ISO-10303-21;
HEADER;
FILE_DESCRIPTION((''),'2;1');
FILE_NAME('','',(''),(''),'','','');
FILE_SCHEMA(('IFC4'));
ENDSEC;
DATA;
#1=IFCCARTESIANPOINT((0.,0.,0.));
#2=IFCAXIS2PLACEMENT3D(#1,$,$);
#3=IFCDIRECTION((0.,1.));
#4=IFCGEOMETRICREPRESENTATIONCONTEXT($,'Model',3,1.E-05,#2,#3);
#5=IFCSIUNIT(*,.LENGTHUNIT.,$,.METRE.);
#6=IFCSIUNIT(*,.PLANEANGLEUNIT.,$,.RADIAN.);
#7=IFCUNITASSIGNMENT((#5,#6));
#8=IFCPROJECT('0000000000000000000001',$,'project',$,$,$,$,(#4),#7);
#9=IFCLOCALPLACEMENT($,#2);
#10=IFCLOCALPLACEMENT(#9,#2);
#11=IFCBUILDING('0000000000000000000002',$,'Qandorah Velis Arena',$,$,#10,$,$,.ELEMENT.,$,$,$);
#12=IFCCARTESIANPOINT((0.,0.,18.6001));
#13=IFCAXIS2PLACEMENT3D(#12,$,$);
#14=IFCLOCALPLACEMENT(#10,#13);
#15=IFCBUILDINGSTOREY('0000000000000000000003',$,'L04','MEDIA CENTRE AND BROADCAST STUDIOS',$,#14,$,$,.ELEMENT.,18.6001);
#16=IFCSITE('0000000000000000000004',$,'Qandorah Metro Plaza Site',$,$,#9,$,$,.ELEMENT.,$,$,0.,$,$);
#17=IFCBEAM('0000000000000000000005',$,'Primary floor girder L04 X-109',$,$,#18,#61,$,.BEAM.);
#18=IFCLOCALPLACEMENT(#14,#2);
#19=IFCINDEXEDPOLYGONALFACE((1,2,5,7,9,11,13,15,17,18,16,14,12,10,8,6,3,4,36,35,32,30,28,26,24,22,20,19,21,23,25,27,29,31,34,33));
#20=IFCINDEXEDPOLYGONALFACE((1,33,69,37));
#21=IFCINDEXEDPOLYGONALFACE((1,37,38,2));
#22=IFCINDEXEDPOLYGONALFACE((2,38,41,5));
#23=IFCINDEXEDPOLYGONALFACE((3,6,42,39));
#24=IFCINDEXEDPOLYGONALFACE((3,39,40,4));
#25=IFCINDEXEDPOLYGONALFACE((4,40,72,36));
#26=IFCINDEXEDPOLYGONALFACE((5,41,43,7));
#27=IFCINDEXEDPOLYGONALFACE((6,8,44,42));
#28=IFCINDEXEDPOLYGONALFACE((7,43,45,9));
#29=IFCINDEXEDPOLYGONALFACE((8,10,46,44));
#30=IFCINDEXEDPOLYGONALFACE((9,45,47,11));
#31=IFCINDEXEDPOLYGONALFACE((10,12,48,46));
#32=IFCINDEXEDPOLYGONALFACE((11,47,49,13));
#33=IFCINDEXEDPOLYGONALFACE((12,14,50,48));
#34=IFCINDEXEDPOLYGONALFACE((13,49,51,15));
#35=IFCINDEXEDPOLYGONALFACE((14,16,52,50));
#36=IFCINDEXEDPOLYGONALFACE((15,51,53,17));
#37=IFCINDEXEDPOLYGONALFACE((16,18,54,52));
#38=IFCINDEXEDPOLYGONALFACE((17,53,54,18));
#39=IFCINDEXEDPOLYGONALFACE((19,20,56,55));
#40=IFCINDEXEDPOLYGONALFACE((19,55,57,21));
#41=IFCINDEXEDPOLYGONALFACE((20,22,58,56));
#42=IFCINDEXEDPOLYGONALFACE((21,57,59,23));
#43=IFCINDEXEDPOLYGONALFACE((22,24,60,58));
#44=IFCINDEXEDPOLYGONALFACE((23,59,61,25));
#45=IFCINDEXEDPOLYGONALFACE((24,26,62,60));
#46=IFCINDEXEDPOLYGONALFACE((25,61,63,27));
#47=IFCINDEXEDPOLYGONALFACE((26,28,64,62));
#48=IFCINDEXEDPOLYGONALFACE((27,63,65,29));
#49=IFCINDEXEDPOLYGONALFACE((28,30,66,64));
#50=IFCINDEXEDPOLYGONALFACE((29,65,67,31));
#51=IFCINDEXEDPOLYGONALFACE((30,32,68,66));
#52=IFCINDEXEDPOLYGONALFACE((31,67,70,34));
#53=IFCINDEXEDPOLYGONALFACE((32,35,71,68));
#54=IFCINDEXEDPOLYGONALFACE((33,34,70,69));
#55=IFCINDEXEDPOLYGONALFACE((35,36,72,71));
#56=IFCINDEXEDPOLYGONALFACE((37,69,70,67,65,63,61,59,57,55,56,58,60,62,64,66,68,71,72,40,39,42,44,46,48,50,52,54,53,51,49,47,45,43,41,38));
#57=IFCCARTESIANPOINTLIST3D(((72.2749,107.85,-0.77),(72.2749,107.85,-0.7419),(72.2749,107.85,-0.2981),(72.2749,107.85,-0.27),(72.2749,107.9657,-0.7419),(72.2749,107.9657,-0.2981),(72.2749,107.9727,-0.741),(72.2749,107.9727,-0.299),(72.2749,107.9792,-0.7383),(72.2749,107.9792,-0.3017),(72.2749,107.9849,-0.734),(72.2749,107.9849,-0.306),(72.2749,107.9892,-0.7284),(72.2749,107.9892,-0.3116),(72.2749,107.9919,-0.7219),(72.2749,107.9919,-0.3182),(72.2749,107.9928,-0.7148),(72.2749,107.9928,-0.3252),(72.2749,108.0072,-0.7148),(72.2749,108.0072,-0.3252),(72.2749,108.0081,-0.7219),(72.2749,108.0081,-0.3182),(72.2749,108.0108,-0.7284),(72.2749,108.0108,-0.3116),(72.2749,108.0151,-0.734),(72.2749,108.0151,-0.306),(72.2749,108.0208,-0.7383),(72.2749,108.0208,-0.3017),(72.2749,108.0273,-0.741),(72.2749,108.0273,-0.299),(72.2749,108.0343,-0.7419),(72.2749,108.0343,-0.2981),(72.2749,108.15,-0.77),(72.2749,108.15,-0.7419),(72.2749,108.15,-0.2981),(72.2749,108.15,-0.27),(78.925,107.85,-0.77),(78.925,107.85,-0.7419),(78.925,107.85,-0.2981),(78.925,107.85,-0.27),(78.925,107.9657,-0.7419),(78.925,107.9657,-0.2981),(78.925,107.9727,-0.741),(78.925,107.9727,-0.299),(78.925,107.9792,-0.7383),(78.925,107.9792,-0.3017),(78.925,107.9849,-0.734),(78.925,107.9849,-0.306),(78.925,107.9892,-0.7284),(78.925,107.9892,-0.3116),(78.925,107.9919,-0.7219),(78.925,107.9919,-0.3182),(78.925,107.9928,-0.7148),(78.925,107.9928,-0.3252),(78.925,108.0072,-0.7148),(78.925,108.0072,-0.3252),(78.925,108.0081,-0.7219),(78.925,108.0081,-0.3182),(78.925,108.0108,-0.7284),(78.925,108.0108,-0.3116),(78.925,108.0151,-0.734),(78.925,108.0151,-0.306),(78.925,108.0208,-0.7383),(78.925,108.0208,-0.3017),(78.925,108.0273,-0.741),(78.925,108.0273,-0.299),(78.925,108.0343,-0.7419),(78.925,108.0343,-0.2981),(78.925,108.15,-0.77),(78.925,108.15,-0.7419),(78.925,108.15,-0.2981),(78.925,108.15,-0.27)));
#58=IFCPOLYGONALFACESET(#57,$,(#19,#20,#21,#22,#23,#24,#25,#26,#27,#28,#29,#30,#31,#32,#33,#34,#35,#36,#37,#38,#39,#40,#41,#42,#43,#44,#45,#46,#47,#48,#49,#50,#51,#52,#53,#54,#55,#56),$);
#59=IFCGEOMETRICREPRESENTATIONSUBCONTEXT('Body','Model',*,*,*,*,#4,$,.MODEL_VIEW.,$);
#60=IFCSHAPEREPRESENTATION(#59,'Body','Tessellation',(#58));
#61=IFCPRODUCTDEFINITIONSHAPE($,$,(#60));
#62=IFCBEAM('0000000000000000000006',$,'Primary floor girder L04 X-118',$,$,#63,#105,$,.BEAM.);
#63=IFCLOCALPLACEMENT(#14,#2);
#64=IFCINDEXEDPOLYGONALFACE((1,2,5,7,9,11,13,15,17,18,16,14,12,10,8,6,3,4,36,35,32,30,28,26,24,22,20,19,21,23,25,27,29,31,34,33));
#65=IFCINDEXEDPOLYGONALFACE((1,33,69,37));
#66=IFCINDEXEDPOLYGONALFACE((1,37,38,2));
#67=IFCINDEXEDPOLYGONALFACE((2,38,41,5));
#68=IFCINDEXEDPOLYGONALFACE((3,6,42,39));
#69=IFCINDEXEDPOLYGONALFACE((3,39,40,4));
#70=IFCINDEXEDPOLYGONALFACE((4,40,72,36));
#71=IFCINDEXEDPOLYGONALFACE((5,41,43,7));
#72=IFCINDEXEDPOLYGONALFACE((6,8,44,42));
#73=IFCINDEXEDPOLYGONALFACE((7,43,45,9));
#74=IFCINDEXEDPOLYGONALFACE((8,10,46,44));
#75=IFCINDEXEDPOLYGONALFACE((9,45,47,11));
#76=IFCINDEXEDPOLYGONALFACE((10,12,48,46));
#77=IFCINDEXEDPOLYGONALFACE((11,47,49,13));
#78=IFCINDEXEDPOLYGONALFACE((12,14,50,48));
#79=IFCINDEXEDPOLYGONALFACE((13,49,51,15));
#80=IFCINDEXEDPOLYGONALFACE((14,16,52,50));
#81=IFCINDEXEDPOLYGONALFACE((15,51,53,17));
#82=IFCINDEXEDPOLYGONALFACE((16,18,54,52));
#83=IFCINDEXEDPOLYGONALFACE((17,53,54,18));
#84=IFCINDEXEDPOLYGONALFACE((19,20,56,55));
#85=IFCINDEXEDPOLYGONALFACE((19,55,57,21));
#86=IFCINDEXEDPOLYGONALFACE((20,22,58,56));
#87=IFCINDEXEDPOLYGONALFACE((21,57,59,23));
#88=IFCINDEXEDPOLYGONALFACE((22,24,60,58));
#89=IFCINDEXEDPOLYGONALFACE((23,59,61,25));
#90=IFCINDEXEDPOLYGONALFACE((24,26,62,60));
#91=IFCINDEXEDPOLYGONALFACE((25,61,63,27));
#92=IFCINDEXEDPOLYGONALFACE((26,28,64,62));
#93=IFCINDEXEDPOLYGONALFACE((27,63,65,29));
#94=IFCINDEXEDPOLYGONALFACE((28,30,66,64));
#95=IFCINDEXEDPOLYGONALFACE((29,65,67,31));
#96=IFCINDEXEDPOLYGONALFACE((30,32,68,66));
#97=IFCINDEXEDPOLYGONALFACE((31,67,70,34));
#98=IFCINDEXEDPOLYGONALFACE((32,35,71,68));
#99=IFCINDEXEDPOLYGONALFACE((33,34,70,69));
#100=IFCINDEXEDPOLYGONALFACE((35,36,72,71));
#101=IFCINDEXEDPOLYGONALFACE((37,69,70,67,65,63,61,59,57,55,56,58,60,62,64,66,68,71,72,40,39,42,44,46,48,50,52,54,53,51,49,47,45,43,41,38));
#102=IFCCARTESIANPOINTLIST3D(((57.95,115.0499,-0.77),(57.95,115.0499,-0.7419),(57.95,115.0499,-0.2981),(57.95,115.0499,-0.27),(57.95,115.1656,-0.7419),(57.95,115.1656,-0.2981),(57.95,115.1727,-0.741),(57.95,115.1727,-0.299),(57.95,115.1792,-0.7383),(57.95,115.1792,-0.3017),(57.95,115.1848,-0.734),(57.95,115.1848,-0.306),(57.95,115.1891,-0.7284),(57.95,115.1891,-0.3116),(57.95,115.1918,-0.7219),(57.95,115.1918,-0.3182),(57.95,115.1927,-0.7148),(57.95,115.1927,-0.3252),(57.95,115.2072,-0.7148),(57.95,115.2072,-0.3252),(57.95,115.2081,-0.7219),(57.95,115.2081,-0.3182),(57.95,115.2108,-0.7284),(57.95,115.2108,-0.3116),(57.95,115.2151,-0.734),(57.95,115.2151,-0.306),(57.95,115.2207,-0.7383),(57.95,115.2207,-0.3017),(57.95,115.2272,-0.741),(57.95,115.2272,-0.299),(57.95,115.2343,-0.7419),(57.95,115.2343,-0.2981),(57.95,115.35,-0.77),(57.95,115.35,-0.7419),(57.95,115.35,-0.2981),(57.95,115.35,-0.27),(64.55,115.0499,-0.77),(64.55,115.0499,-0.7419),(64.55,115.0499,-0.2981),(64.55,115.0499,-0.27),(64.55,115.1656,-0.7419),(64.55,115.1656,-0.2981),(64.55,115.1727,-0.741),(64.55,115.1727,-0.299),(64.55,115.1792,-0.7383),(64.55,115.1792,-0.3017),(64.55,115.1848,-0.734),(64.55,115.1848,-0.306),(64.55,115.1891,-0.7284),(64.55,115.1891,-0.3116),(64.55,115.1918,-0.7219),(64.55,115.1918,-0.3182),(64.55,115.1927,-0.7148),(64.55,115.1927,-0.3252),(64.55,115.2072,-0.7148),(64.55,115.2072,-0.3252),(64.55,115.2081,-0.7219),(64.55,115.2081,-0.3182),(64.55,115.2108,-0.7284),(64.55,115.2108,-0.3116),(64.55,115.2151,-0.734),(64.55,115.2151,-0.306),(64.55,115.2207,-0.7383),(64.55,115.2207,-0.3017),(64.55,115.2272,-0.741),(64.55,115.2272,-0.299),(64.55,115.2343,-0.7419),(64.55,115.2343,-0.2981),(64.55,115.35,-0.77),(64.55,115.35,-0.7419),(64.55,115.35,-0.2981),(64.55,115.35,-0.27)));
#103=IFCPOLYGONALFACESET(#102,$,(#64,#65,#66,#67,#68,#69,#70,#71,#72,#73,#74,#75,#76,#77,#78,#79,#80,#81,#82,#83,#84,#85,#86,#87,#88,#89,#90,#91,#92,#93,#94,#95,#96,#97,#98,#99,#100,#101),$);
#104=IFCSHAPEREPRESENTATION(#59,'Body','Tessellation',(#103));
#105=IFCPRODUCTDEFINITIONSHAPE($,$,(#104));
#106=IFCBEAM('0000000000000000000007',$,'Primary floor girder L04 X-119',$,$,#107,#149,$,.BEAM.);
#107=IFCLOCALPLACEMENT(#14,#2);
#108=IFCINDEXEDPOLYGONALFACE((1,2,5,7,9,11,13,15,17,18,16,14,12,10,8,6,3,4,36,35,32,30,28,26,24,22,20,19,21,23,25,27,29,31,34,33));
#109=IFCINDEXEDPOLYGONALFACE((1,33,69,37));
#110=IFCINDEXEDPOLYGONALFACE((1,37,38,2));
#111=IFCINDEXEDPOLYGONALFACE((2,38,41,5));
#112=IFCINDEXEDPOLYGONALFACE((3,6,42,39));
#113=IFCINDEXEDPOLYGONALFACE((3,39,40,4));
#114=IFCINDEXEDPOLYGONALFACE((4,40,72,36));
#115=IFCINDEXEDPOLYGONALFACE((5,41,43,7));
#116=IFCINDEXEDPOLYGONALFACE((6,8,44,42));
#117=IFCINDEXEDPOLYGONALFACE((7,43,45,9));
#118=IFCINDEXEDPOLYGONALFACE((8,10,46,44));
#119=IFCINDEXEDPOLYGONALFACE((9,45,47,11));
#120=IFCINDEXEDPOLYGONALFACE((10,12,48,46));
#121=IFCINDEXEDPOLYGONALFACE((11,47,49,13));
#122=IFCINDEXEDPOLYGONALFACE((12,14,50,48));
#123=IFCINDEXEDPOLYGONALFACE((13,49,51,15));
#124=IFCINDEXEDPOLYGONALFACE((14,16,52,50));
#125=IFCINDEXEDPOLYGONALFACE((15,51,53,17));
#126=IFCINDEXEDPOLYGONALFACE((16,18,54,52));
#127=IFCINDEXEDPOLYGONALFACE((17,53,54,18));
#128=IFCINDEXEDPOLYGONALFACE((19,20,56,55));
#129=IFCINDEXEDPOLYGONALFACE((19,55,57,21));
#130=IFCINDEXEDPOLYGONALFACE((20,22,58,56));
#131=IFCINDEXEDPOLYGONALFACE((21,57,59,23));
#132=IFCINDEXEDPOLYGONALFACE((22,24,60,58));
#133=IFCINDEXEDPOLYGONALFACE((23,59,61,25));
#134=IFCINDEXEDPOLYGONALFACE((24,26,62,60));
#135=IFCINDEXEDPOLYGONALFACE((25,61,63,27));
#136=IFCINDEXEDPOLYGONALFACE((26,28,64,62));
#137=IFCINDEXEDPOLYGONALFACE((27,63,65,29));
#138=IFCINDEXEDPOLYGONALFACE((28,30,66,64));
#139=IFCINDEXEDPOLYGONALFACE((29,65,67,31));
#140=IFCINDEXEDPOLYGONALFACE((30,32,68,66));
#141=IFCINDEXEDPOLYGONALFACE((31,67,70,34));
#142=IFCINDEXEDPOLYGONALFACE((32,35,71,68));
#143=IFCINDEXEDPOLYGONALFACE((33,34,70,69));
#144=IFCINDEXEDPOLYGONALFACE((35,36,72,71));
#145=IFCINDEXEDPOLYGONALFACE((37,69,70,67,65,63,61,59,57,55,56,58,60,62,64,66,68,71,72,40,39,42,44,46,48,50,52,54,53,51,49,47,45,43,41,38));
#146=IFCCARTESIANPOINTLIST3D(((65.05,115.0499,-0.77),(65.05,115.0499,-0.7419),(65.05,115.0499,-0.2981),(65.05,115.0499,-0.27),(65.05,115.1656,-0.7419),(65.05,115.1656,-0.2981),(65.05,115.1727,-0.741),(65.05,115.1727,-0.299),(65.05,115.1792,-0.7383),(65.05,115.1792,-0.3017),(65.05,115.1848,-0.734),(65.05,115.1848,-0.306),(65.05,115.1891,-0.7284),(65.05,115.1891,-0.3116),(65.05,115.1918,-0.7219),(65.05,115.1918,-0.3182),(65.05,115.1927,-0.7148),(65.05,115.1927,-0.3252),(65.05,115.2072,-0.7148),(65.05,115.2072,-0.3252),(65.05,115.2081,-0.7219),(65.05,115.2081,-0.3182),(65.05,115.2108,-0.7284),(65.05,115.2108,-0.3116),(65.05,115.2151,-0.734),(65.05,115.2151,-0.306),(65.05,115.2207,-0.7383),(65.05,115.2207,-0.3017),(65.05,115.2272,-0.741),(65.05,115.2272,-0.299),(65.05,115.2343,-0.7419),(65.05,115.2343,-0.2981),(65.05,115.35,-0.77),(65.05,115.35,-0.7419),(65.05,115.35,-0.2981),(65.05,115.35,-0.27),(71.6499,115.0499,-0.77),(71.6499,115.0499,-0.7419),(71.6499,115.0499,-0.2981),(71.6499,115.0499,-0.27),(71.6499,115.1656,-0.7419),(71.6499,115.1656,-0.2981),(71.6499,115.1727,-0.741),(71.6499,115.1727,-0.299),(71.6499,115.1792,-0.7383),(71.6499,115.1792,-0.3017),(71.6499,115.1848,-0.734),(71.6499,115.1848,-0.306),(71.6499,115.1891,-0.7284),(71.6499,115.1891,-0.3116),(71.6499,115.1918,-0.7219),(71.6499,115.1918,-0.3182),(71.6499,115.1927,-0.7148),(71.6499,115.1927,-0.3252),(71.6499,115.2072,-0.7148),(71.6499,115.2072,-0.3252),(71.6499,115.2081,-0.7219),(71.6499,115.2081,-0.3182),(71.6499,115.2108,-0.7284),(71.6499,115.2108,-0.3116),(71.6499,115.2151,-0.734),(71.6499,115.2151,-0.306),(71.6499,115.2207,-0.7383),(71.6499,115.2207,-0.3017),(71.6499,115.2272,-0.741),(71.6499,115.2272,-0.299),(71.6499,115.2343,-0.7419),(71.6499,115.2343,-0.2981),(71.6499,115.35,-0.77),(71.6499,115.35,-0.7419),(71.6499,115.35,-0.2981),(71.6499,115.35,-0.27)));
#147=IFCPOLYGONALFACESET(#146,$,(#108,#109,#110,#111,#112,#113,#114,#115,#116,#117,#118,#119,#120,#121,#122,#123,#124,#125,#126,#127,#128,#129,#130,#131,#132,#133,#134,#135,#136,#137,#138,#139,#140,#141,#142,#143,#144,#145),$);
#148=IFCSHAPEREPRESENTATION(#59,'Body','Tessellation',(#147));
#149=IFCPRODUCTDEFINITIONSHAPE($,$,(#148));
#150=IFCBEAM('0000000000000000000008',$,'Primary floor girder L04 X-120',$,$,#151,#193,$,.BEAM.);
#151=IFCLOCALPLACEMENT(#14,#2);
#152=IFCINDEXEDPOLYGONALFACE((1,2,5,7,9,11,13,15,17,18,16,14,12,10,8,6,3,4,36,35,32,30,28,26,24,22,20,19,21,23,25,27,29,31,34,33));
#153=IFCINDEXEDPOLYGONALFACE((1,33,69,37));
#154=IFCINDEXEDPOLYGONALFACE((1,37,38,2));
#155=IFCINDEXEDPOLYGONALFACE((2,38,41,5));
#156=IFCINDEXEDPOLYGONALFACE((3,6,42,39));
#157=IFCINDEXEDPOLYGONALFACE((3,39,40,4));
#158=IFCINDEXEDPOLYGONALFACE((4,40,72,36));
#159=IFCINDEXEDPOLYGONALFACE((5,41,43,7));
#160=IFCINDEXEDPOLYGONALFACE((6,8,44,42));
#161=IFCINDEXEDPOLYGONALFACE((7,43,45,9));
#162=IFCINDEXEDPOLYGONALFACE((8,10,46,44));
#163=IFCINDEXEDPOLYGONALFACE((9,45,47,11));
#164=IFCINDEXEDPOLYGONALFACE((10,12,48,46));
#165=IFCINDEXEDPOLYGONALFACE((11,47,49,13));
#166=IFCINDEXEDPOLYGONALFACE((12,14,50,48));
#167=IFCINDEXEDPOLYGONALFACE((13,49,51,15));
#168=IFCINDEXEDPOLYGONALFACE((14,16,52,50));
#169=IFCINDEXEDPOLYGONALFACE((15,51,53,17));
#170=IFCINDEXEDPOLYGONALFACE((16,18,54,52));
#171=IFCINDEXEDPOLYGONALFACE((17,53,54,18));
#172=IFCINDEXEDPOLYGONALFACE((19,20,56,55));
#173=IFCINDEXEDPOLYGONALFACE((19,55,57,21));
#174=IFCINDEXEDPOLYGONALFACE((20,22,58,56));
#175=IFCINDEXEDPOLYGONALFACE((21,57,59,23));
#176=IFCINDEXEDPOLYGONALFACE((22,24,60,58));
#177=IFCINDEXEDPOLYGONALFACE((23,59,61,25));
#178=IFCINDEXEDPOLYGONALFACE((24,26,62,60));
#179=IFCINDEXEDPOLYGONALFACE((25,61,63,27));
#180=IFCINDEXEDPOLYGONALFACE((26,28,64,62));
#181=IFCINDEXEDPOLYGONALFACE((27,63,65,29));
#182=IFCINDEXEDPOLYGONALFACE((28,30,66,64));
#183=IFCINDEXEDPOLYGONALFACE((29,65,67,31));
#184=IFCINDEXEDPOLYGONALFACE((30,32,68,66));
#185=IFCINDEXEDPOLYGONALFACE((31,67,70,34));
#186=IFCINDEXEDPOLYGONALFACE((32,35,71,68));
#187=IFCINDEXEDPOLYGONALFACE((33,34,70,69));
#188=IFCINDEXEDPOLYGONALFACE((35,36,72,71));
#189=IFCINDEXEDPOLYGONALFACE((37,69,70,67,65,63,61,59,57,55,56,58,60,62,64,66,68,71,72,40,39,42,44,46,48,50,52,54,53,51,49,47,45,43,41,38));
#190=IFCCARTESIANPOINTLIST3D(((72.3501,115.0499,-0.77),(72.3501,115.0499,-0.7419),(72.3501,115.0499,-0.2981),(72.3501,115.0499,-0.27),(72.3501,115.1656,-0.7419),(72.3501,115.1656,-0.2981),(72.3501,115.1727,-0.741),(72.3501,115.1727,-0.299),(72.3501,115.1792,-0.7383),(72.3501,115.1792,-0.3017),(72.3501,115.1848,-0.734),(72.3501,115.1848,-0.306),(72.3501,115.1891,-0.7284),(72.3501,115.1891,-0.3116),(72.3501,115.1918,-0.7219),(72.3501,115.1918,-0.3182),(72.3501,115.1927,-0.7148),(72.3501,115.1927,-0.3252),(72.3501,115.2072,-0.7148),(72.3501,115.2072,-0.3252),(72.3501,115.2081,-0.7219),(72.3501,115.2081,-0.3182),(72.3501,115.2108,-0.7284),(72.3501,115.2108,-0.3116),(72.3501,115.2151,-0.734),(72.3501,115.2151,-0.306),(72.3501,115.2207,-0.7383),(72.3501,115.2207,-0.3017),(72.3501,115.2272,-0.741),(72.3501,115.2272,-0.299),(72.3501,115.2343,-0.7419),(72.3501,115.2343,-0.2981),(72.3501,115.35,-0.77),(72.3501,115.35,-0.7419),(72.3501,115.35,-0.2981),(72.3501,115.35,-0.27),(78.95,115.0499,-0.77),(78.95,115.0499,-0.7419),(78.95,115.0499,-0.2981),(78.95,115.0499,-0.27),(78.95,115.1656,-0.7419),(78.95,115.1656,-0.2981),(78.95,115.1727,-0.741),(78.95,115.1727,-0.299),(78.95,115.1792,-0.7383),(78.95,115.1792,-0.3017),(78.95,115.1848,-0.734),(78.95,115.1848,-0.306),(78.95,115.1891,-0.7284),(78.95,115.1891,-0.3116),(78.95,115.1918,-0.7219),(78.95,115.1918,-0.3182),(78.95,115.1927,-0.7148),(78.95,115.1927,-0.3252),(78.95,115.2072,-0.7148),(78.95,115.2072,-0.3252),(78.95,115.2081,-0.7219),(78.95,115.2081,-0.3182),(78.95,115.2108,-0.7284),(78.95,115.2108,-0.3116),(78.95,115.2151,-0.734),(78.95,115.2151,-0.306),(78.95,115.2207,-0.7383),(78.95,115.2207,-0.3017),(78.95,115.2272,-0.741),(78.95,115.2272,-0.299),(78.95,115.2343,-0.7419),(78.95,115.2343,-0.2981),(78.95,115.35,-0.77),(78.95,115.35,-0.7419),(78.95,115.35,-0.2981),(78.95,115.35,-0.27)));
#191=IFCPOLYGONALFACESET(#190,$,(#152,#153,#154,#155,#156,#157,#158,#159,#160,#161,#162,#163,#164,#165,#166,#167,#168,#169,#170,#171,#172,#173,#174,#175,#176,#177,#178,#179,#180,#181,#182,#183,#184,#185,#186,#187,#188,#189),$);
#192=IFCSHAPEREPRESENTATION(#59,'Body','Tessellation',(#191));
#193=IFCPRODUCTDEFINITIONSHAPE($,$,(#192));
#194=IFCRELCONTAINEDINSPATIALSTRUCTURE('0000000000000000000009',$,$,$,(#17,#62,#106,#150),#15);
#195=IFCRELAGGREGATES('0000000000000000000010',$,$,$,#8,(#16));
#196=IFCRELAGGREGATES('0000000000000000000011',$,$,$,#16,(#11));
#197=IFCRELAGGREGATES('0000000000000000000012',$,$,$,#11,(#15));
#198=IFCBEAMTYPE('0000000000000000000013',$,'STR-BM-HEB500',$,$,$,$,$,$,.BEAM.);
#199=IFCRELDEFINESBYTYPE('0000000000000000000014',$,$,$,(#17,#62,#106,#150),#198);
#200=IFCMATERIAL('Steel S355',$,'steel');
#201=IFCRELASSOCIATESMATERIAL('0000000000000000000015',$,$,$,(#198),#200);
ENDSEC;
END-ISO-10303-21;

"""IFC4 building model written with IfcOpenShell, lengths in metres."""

from ifc_helpers import new_model, si_unit, direction, frame, origin, origin_2d, place, context, subcontext, project, spatial, i_section, extrude, material, material_profile, profile_set, type_object, element, save


model = new_model("IFC4")

# Units and contexts
model_context = context("Model", 3, precision=1e-05, world=origin(), true_north=direction((0.0, 1.0)))
body_context = subcontext(model_context, "Body", "Model", "MODEL_VIEW")
ifc_project = project(units=[si_unit("LENGTHUNIT", "METRE"), si_unit("PLANEANGLEUNIT", "RADIAN")], contexts=[model_context])

# Site, building, storey
site_placement = place(None, origin())
site = spatial("IfcSite", under=ifc_project, at=site_placement, Name="Qandorah Metro Plaza Site", CompositionType="ELEMENT", RefElevation=0.0)
building_placement = place(site_placement, origin())
building = spatial("IfcBuilding", under=site, at=building_placement, Name="Qandorah Velis Arena", CompositionType="ELEMENT")
storey_placement = place(building_placement, frame((0.0, 0.0, 18.6001)))
storey = spatial("IfcBuildingStorey", under=building, at=storey_placement, Name="L04", Description="MEDIA CENTRE AND BROADCAST STUDIOS", CompositionType="ELEMENT", Elevation=18.6001)

# Shared definitions
ifc_material_1 = material(Name="Steel S355", Category="steel")

# Beams
ifc_material_profile_1 = material_profile(ifc_material_1, i_section(OverallWidth=0.3, OverallDepth=0.5, WebThickness=0.0144, FlangeThickness=0.0281, FilletRadius=0.0271, at=origin_2d()), Name="HEB 500")
ifc_profile_set_1 = profile_set([ifc_material_profile_1], Name="Steel S355")
beam_type_1 = type_object("IfcBeamType", Name="STR-BM-HEB500", PredefinedType="BEAM", material=ifc_profile_set_1)
for number, where, z_axis, x_axis, name in (
    (1, (72.2749, 108.0, -0.52), (1.0, 0.0, 0.0), (0.0, 1.0, 0.0), "Primary floor girder L04 X-109"),
):
    element("IfcBeam", number, at=place(storey_placement, frame(where, z_axis=z_axis, x_axis=x_axis)), inside=storey, type_object=beam_type_1, Name=name, PredefinedType="BEAM", context=body_context, shape_type="SweptSolid", body=[
        extrude(i_section(OverallWidth=0.3, OverallDepth=0.5, WebThickness=0.0144, FlangeThickness=0.0281, FilletRadius=0.0271, at=origin_2d()), origin(), (0.0, 0.0, 1.0), 6.6501),
    ])
beam_1_placement = place(storey_placement, frame((57.95, 115.2, -0.52), z_axis=(1.0, 0.0, 0.0), x_axis=(0.0, 1.0, 0.0)))
element("IfcBeam", 2, at=beam_1_placement, inside=storey, type_object=beam_type_1, Name="Primary floor girder L04 X-118", PredefinedType="BEAM", context=body_context, shape_type="SweptSolid", body=[
    extrude(i_section(OverallWidth=0.3, OverallDepth=0.5, WebThickness=0.0144, FlangeThickness=0.0281, FilletRadius=0.0271, at=origin_2d()), origin(), (0.0, 0.0, 1.0), 6.6001),
])
for number, where, z_axis, x_axis, name in (
    (3, (65.05, 115.2, -0.52), (1.0, 0.0, 0.0), (0.0, 1.0, 0.0), "Primary floor girder L04 X-119"),
    (4, (72.3501, 115.2, -0.52), (1.0, 0.0, 0.0), (0.0, 1.0, 0.0), "Primary floor girder L04 X-120"),
):
    element("IfcBeam", number, at=place(storey_placement, frame(where, z_axis=z_axis, x_axis=x_axis)), inside=storey, type_object=beam_type_1, Name=name, PredefinedType="BEAM", context=body_context, shape_type="SweptSolid", body=[
        extrude(i_section(OverallWidth=0.3, OverallDepth=0.5, WebThickness=0.0144, FlangeThickness=0.0281, FilletRadius=0.0271, at=origin_2d()), origin(), (0.0, 0.0, 1.0), 6.5999),
    ])

save(model, "model.ifc")
